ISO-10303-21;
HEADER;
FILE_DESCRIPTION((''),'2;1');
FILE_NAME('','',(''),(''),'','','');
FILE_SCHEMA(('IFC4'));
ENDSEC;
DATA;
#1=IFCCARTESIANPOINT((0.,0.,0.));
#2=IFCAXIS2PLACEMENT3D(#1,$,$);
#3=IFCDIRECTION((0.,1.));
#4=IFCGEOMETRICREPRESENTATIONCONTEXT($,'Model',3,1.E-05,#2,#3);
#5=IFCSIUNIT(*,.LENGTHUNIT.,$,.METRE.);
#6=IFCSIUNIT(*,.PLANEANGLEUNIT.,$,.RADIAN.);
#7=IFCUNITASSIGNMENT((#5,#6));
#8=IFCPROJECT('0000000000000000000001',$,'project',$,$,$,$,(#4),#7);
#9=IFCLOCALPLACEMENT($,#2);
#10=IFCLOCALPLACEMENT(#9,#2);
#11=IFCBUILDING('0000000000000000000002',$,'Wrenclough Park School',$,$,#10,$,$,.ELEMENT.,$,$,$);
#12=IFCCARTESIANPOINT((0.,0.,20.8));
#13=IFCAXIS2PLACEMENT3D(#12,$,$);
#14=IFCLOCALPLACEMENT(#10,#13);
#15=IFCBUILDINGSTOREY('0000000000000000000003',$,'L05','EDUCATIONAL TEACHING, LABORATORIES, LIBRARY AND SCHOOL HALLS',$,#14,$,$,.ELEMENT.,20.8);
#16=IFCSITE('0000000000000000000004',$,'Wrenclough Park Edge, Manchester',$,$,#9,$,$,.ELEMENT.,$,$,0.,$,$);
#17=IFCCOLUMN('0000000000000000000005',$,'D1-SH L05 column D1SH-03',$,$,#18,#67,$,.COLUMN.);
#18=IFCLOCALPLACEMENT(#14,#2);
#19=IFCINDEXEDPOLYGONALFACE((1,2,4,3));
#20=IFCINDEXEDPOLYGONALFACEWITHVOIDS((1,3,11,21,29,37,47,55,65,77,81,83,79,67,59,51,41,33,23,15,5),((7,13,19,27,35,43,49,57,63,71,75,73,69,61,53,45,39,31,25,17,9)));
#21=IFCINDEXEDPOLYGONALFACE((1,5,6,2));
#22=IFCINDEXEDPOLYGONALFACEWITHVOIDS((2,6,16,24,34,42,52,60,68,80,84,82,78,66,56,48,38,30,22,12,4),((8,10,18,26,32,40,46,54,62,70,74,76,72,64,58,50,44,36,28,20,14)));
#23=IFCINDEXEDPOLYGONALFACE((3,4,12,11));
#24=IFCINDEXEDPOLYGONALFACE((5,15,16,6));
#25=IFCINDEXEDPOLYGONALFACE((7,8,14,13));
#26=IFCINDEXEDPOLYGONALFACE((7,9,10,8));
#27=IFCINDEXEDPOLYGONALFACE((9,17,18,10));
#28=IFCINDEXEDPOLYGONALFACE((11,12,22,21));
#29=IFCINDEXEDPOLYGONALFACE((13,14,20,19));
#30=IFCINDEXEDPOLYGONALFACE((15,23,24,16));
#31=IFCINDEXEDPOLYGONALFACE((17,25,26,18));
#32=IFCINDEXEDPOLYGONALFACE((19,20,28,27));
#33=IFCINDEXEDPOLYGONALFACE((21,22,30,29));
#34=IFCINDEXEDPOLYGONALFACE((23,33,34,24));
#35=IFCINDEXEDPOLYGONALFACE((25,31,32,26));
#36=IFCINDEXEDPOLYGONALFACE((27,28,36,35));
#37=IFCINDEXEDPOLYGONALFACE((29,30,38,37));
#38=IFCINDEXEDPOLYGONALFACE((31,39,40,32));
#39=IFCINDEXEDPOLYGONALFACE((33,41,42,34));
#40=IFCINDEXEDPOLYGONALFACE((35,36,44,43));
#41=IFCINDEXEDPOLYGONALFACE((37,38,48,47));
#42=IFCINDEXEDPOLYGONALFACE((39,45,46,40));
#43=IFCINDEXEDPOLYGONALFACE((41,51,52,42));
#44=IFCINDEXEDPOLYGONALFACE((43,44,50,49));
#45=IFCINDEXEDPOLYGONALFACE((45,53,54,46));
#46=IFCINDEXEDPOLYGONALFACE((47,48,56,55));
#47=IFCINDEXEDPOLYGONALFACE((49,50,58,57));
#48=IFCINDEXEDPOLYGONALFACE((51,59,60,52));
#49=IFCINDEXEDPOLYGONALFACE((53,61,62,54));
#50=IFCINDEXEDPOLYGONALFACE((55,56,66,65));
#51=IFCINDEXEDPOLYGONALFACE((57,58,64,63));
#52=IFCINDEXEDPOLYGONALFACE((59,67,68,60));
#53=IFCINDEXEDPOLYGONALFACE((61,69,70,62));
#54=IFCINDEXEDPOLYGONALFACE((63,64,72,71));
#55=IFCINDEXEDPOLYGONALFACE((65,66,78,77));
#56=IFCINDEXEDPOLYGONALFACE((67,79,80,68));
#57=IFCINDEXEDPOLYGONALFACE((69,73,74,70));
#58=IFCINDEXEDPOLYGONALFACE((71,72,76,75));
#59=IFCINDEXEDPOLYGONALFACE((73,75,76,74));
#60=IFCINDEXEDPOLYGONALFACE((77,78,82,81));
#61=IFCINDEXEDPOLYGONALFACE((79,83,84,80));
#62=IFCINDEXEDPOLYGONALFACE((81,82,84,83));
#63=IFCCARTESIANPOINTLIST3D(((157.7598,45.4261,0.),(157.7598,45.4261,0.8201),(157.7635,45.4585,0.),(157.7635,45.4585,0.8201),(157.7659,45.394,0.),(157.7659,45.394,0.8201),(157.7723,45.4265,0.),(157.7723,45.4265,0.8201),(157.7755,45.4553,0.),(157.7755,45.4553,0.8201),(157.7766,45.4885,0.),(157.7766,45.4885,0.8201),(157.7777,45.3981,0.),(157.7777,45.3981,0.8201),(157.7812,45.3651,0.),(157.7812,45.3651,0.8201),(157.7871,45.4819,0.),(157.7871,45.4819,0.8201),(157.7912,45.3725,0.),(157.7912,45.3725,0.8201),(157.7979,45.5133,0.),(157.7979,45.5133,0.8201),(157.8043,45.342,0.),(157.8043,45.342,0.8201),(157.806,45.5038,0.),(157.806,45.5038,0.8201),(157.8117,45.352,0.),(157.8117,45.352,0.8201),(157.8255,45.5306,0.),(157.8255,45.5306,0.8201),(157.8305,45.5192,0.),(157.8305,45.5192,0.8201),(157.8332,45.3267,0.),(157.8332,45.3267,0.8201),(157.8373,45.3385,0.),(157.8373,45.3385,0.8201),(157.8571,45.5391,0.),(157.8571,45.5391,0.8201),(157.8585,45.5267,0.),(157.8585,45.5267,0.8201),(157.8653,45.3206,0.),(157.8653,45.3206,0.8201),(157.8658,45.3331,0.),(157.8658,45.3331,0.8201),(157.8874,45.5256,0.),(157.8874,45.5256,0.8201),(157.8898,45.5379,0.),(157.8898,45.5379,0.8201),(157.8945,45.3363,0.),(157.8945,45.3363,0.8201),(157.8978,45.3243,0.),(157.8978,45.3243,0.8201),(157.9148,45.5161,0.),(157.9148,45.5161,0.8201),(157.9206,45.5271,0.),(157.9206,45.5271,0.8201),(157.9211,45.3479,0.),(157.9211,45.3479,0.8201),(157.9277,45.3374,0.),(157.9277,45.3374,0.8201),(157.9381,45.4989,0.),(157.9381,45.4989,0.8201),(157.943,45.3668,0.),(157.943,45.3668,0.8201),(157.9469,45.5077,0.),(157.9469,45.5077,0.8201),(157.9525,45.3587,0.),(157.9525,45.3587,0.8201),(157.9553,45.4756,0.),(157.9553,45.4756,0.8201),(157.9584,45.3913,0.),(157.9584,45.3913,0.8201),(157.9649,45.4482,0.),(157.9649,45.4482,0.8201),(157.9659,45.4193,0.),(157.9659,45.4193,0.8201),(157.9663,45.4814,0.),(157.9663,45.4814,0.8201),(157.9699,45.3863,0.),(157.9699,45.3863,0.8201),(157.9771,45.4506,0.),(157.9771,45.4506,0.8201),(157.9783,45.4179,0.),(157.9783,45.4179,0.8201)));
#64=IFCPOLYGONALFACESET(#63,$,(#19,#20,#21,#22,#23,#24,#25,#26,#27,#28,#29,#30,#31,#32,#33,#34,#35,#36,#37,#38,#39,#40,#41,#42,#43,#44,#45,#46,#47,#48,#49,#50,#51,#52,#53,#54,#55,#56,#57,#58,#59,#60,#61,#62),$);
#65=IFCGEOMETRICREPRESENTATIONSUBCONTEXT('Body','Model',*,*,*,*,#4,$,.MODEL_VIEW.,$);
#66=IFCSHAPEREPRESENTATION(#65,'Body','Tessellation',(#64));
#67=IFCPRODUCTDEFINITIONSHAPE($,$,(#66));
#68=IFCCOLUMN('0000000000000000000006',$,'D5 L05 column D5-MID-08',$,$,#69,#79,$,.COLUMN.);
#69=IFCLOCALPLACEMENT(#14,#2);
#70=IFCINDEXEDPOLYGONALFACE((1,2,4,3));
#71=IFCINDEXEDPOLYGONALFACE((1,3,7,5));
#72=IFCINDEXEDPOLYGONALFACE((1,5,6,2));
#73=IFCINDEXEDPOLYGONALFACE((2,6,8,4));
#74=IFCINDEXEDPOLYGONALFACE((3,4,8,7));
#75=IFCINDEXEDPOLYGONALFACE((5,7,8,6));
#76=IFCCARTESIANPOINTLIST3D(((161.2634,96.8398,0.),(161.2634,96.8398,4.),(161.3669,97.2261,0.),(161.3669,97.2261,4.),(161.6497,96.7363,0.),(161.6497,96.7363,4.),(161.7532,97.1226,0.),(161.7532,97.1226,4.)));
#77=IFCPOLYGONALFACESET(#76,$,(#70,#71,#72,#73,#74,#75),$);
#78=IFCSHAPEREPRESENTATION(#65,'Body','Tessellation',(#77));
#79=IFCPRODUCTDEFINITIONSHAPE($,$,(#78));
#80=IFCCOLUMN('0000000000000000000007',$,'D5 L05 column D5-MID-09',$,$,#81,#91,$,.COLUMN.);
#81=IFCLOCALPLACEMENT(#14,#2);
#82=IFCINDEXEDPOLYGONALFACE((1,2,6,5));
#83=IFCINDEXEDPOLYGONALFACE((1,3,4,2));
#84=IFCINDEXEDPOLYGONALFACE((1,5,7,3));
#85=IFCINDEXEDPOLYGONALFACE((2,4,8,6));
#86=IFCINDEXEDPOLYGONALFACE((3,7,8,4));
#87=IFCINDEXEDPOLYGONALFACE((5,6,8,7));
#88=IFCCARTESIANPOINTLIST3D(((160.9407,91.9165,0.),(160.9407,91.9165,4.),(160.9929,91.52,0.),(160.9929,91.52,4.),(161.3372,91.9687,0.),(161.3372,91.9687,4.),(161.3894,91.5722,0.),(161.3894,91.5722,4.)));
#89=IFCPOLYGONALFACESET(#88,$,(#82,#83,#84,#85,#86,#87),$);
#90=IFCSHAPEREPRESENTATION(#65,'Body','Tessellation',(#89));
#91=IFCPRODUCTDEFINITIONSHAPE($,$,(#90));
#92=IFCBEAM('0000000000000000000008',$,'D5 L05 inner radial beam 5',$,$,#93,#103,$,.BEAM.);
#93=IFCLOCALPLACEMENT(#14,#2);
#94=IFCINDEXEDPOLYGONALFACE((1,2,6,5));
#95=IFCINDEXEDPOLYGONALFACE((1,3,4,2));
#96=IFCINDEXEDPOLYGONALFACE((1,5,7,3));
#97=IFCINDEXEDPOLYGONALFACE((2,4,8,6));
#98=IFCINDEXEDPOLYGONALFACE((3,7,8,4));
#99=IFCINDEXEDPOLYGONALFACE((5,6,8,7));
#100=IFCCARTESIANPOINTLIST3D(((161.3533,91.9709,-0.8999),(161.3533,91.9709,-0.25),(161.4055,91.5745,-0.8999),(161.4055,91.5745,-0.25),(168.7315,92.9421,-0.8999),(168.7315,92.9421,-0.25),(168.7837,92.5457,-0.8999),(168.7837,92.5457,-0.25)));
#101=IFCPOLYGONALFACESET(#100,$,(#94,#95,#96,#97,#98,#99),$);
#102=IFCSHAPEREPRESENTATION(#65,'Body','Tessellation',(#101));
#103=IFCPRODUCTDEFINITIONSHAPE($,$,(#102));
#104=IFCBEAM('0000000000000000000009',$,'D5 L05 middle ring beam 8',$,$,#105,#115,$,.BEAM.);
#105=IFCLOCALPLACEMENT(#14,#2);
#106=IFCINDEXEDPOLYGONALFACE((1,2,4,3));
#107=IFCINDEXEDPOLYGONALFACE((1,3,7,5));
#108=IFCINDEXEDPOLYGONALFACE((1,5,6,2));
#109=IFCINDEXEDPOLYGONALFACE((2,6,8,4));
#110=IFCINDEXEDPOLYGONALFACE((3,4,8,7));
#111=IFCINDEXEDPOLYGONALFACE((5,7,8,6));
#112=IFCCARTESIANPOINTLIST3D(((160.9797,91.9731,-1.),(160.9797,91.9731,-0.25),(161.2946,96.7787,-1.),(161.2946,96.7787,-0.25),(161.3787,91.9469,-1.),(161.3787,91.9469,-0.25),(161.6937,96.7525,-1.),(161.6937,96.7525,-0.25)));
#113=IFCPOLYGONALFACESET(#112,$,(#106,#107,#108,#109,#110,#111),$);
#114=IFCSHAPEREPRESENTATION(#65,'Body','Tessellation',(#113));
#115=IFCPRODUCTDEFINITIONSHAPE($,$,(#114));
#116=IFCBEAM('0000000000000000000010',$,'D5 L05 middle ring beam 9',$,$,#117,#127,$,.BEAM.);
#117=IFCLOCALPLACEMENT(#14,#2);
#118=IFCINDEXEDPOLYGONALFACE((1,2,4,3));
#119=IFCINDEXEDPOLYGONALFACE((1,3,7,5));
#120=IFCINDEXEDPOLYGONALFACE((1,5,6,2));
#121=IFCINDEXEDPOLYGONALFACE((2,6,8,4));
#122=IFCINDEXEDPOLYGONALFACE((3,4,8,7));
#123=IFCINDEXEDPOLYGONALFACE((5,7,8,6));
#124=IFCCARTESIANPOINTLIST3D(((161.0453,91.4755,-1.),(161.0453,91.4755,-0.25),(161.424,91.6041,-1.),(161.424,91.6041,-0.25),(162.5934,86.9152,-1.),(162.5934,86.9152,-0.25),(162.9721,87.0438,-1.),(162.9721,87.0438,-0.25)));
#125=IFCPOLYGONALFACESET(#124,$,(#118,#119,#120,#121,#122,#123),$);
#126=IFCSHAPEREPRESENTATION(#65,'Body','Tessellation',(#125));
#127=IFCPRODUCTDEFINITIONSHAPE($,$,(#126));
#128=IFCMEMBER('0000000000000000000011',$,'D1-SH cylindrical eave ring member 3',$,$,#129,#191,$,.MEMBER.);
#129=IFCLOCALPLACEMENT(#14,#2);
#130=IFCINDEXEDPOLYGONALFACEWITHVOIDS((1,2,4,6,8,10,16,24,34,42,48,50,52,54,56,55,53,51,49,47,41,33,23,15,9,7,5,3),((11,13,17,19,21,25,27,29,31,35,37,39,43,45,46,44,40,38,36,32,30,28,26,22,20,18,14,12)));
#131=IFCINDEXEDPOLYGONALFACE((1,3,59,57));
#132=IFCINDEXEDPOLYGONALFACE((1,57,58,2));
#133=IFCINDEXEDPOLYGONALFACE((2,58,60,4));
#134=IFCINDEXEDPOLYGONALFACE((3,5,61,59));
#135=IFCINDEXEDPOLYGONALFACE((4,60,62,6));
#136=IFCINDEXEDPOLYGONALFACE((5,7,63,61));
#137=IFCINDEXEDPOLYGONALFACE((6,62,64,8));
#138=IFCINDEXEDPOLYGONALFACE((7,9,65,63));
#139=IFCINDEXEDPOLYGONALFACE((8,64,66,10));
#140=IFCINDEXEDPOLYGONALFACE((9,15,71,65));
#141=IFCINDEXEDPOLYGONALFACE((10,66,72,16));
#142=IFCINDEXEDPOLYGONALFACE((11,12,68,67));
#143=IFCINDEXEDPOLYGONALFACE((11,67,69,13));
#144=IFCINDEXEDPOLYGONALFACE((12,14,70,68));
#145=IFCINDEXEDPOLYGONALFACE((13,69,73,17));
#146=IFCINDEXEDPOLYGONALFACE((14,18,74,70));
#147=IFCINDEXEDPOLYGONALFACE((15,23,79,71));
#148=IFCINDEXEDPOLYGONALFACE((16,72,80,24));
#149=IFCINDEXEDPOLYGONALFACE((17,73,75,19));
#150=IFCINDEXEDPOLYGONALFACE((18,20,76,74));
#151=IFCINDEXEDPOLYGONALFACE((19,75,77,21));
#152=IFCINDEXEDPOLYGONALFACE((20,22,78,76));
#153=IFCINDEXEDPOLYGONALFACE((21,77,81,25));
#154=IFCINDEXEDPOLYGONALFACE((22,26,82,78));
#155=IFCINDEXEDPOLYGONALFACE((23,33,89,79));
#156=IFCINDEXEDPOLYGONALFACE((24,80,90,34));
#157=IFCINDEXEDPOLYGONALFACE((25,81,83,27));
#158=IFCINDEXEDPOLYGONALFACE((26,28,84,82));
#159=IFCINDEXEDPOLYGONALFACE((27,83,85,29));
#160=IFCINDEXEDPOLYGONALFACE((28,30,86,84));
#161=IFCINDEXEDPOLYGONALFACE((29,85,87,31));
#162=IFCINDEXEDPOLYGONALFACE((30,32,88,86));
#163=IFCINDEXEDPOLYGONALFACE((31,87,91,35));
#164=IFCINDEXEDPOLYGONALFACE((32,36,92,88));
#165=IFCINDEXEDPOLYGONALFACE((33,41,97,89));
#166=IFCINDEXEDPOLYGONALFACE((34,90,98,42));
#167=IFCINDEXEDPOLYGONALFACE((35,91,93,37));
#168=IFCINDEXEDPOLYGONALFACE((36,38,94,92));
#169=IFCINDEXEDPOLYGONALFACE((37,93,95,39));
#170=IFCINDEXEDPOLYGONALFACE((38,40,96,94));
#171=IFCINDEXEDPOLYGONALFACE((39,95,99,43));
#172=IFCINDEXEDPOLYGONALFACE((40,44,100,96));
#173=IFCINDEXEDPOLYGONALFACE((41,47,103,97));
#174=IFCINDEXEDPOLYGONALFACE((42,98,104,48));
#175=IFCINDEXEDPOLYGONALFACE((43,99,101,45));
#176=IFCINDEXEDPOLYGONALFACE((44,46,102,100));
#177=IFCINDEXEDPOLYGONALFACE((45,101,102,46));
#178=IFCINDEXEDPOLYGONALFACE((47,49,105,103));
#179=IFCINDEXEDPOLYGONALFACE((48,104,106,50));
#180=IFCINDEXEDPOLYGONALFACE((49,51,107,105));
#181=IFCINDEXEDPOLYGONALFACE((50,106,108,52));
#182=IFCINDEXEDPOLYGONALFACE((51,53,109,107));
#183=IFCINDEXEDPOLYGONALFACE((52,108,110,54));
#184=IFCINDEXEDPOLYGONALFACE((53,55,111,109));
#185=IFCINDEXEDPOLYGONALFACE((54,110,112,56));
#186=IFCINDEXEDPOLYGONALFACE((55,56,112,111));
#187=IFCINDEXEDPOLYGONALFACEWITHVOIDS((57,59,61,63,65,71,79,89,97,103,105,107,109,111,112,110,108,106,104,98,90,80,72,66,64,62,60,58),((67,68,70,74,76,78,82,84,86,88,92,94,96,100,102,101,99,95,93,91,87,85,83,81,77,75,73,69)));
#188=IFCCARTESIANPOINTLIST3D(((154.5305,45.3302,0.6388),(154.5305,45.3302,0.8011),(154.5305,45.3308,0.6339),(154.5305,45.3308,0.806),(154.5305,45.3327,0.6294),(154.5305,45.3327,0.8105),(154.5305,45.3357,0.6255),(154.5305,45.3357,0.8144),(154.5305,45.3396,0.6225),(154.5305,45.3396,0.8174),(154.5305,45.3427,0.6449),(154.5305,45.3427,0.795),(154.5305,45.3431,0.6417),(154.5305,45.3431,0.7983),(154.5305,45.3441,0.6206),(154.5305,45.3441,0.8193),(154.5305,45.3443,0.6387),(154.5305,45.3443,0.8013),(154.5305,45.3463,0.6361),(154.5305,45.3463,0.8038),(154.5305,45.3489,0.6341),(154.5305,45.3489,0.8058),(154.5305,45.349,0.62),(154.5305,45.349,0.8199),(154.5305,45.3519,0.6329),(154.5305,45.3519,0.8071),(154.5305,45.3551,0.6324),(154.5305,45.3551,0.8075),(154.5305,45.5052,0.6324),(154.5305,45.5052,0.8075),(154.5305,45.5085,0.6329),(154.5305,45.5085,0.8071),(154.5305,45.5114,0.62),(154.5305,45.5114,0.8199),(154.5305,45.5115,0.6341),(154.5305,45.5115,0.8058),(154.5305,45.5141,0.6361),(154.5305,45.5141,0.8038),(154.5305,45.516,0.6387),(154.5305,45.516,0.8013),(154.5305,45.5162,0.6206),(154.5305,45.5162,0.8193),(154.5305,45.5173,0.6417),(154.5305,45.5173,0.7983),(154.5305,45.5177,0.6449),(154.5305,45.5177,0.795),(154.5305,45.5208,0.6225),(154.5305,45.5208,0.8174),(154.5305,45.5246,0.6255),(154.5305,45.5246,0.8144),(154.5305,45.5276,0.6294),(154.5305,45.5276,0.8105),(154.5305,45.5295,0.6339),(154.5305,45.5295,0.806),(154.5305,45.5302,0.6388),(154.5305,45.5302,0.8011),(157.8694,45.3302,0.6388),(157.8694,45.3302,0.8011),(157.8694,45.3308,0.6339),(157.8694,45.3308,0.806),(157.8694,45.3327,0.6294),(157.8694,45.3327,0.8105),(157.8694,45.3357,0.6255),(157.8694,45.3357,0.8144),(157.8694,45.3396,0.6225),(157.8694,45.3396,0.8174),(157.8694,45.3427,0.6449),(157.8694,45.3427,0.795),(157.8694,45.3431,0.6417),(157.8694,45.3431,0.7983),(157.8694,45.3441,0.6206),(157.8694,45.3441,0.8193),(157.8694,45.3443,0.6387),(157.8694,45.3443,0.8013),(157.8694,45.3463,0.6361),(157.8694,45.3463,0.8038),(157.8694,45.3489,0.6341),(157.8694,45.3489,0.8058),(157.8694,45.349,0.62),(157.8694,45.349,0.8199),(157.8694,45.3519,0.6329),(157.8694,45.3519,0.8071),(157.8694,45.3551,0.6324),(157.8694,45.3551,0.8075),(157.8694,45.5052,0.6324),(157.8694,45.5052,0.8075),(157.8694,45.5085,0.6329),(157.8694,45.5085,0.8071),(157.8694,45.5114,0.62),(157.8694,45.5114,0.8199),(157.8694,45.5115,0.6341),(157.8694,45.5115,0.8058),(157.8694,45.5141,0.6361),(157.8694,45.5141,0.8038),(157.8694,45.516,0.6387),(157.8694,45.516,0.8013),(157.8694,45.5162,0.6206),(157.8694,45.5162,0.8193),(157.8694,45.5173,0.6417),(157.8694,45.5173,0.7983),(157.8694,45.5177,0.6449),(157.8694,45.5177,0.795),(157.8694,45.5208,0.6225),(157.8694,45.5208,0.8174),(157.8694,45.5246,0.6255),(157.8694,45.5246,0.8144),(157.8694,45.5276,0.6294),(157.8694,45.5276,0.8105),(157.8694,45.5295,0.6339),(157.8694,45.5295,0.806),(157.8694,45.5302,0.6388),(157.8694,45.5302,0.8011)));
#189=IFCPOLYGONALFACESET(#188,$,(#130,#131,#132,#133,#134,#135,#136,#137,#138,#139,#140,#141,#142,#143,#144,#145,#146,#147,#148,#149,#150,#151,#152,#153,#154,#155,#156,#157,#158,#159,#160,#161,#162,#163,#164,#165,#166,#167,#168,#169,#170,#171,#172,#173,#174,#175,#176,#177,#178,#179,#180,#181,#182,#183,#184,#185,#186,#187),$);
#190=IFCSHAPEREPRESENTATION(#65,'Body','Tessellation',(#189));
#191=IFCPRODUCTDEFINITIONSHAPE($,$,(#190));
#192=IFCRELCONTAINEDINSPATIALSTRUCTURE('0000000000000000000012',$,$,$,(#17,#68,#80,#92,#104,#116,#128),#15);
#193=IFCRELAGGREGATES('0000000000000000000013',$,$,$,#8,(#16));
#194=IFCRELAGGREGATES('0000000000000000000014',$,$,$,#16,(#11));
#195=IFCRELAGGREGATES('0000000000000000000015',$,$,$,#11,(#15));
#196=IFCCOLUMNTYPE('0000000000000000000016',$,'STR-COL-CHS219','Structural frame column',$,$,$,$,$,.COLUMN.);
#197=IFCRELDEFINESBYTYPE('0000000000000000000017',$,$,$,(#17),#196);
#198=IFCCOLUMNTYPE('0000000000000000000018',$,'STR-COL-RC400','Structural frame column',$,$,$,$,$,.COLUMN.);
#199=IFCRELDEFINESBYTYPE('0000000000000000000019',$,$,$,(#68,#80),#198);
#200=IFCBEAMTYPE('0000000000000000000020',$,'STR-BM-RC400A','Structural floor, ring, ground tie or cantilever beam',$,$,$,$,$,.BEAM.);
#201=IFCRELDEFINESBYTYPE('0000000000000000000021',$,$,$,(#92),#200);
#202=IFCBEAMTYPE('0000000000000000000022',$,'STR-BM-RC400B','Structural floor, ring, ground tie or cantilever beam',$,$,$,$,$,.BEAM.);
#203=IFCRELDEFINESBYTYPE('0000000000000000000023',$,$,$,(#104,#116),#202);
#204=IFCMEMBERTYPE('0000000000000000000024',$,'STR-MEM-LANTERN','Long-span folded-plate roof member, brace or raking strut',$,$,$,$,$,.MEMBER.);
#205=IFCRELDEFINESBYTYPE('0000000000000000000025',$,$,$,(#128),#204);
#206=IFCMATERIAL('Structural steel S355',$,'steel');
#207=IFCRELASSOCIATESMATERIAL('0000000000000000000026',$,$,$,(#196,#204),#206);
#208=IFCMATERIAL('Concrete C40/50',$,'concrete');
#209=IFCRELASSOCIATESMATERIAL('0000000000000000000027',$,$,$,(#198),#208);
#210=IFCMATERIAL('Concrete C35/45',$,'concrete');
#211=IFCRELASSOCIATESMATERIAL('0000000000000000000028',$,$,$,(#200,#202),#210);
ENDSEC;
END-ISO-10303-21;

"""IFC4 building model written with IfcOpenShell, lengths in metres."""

from ifc_helpers import new_model, si_unit, direction, frame, origin, origin_2d, place, context, subcontext, project, spatial, rectangle, hollow_rectangle, hollow_circle, extrude, material, material_profile, profile_set, type_object, element, save


model = new_model("IFC4")

# Units and contexts
model_context = context("Model", 3, precision=1e-05, world=origin(), true_north=direction((0.0, 1.0)))
body_context = subcontext(model_context, "Body", "Model", "MODEL_VIEW")
ifc_project = project(units=[si_unit("LENGTHUNIT", "METRE"), si_unit("PLANEANGLEUNIT", "RADIAN")], contexts=[model_context])

# Site, building, storey
site_placement = place(None, origin())
site = spatial("IfcSite", under=ifc_project, at=site_placement, Name="Wrenclough Park Edge, Manchester", CompositionType="ELEMENT", RefElevation=0.0)
building_placement = place(site_placement, origin())
building = spatial("IfcBuilding", under=site, at=building_placement, Name="Wrenclough Park School", CompositionType="ELEMENT")
storey_placement = place(building_placement, frame((0.0, 0.0, 20.8)))
storey = spatial("IfcBuildingStorey", under=building, at=storey_placement, Name="L05", Description="EDUCATIONAL TEACHING, LABORATORIES, LIBRARY AND SCHOOL HALLS", CompositionType="ELEMENT", Elevation=20.8)

# Columns
ifc_material_1 = material(Name="Structural steel S355", Category="steel")
ifc_material_profile_1 = material_profile(ifc_material_1, hollow_circle(Radius=0.1096, WallThickness=0.0125, at=origin_2d()), Name="CHS 219.1x12.5")
ifc_profile_set_1 = profile_set([ifc_material_profile_1], Name="Structural steel S355")
column_type_1 = type_object("IfcColumnType", Name="STR-COL-CHS219", Description="Structural frame column", PredefinedType="COLUMN", material=ifc_profile_set_1)
column_placement = place(storey_placement, frame((157.8694, 45.4302, 0.0), z_axis=(0.0, 0.0, 1.0), x_axis=(-0.965926, 0.258819, 0.0)))
element("IfcColumn", 1, at=column_placement, inside=storey, type_object=column_type_1, Name="D1-SH L05 column D1SH-03", PredefinedType="COLUMN", context=body_context, shape_type="SweptSolid", body=[
    extrude(hollow_circle(Radius=0.1096, WallThickness=0.0125, at=origin_2d()), origin(), (0.0, 0.0, 1.0), 0.8201),
])
ifc_material_2 = material(Name="Concrete C40/50", Category="concrete")
ifc_material_profile_2 = material_profile(ifc_material_2, rectangle(XDim=0.3999, YDim=0.3999, at=origin_2d()), Name="RC COL 400x400")
ifc_profile_set_2 = profile_set([ifc_material_profile_2], Name="Concrete C40/50")
column_type_2 = type_object("IfcColumnType", Name="STR-COL-RC400", Description="Structural frame column", PredefinedType="COLUMN", material=ifc_profile_set_2)
for number, where, z_axis, x_axis, name in (
    (2, (161.5083, 96.9812, 0.0), (0.0, 0.0, 1.0), (-0.258819, -0.965926, 0.0), "D5 L05 column D5-MID-08"),
    (3, (161.165, 91.7444, 0.0), (0.0, 0.0, 1.0), (0.130526, -0.991445, 0.0), "D5 L05 column D5-MID-09"),
):
    element("IfcColumn", number, at=place(storey_placement, frame(where, z_axis=z_axis, x_axis=x_axis)), inside=storey, type_object=column_type_2, Name=name, PredefinedType="COLUMN", context=body_context, shape_type="SweptSolid", body=[
        extrude(rectangle(XDim=0.3999, YDim=0.3999, at=origin_2d()), origin(), (0.0, 0.0, 1.0), 4.0),
    ])

# Beams
ifc_material_3 = material(Name="Concrete C35/45", Category="concrete")
ifc_material_profile_3 = material_profile(ifc_material_3, rectangle(XDim=0.3999, YDim=0.6499, at=origin_2d()), Name="RC BEAM 400x650")
ifc_profile_set_3 = profile_set([ifc_material_profile_3], Name="Concrete C35/45")
beam_type_1 = type_object("IfcBeamType", Name="STR-BM-RC400A", Description="Structural floor, ring, ground tie or cantilever beam", PredefinedType="BEAM", material=ifc_profile_set_3)
beam_placement = place(storey_placement, frame((161.3794, 91.7727, -0.575), z_axis=(0.991448, 0.130505, 0.0), x_axis=(-0.130505, 0.991448, 0.0)))
element("IfcBeam", 4, at=beam_placement, inside=storey, type_object=beam_type_1, Name="D5 L05 inner radial beam 5", PredefinedType="BEAM", context=body_context, shape_type="SweptSolid", body=[
    extrude(rectangle(XDim=0.3999, YDim=0.6499, at=origin_2d()), origin(), (0.0, 0.0, 1.0), 7.4419),
])
ifc_material_profile_4 = material_profile(ifc_material_3, rectangle(XDim=0.3999, YDim=0.75, at=origin_2d()), Name="RC BEAM 400x750")
ifc_profile_set_4 = profile_set([ifc_material_profile_4], Name="Concrete C35/45")
beam_type_2 = type_object("IfcBeamType", Name="STR-BM-RC400B", Description="Structural floor, ring, ground tie or cantilever beam", PredefinedType="BEAM", material=ifc_profile_set_4)
for number, where, z_axis, x_axis, name in (
    (5, (161.4941, 96.7656, -0.625), (-0.065395, -0.997859, 0.0), (0.997859, -0.065395, 0.0), "D5 L05 middle ring beam 8"),
    (6, (161.2346, 91.5398, -0.625), (0.321455, -0.946925, 0.0), (0.946925, 0.321455, 0.0), "D5 L05 middle ring beam 9"),
):
    element("IfcBeam", number, at=place(storey_placement, frame(where, z_axis=z_axis, x_axis=x_axis)), inside=storey, type_object=beam_type_2, Name=name, PredefinedType="BEAM", context=body_context, shape_type="SweptSolid", body=[
        extrude(rectangle(XDim=0.3999, YDim=0.75, at=origin_2d()), origin(), (0.0, 0.0, 1.0), 4.8159),
    ])

# Member
ifc_material_profile_5 = material_profile(ifc_material_1, hollow_rectangle(XDim=0.2, YDim=0.2, WallThickness=0.0125, InnerFilletRadius=0.0125, OuterFilletRadius=0.0188, at=origin_2d()), Name="SHS 200x200x12.5")
ifc_profile_set_5 = profile_set([ifc_material_profile_5], Name="Structural steel S355")
member_type = type_object("IfcMemberType", Name="STR-MEM-LANTERN", Description="Long-span folded-plate roof member, brace or raking strut", PredefinedType="MEMBER", material=ifc_profile_set_5)
member_placement = place(storey_placement, frame((157.8694, 45.4302, 0.72), z_axis=(-1.0, 0.0, 0.0), x_axis=(0.0, -1.0, 0.0)))
element("IfcMember", 7, at=member_placement, inside=storey, type_object=member_type, Name="D1-SH cylindrical eave ring member 3", PredefinedType="MEMBER", context=body_context, shape_type="SweptSolid", body=[
    extrude(hollow_rectangle(XDim=0.2, YDim=0.2, WallThickness=0.0125, InnerFilletRadius=0.0125, OuterFilletRadius=0.0188, at=origin_2d()), origin(), (0.0, 0.0, 1.0), 3.3389),
])

save(model, "model.ifc")
